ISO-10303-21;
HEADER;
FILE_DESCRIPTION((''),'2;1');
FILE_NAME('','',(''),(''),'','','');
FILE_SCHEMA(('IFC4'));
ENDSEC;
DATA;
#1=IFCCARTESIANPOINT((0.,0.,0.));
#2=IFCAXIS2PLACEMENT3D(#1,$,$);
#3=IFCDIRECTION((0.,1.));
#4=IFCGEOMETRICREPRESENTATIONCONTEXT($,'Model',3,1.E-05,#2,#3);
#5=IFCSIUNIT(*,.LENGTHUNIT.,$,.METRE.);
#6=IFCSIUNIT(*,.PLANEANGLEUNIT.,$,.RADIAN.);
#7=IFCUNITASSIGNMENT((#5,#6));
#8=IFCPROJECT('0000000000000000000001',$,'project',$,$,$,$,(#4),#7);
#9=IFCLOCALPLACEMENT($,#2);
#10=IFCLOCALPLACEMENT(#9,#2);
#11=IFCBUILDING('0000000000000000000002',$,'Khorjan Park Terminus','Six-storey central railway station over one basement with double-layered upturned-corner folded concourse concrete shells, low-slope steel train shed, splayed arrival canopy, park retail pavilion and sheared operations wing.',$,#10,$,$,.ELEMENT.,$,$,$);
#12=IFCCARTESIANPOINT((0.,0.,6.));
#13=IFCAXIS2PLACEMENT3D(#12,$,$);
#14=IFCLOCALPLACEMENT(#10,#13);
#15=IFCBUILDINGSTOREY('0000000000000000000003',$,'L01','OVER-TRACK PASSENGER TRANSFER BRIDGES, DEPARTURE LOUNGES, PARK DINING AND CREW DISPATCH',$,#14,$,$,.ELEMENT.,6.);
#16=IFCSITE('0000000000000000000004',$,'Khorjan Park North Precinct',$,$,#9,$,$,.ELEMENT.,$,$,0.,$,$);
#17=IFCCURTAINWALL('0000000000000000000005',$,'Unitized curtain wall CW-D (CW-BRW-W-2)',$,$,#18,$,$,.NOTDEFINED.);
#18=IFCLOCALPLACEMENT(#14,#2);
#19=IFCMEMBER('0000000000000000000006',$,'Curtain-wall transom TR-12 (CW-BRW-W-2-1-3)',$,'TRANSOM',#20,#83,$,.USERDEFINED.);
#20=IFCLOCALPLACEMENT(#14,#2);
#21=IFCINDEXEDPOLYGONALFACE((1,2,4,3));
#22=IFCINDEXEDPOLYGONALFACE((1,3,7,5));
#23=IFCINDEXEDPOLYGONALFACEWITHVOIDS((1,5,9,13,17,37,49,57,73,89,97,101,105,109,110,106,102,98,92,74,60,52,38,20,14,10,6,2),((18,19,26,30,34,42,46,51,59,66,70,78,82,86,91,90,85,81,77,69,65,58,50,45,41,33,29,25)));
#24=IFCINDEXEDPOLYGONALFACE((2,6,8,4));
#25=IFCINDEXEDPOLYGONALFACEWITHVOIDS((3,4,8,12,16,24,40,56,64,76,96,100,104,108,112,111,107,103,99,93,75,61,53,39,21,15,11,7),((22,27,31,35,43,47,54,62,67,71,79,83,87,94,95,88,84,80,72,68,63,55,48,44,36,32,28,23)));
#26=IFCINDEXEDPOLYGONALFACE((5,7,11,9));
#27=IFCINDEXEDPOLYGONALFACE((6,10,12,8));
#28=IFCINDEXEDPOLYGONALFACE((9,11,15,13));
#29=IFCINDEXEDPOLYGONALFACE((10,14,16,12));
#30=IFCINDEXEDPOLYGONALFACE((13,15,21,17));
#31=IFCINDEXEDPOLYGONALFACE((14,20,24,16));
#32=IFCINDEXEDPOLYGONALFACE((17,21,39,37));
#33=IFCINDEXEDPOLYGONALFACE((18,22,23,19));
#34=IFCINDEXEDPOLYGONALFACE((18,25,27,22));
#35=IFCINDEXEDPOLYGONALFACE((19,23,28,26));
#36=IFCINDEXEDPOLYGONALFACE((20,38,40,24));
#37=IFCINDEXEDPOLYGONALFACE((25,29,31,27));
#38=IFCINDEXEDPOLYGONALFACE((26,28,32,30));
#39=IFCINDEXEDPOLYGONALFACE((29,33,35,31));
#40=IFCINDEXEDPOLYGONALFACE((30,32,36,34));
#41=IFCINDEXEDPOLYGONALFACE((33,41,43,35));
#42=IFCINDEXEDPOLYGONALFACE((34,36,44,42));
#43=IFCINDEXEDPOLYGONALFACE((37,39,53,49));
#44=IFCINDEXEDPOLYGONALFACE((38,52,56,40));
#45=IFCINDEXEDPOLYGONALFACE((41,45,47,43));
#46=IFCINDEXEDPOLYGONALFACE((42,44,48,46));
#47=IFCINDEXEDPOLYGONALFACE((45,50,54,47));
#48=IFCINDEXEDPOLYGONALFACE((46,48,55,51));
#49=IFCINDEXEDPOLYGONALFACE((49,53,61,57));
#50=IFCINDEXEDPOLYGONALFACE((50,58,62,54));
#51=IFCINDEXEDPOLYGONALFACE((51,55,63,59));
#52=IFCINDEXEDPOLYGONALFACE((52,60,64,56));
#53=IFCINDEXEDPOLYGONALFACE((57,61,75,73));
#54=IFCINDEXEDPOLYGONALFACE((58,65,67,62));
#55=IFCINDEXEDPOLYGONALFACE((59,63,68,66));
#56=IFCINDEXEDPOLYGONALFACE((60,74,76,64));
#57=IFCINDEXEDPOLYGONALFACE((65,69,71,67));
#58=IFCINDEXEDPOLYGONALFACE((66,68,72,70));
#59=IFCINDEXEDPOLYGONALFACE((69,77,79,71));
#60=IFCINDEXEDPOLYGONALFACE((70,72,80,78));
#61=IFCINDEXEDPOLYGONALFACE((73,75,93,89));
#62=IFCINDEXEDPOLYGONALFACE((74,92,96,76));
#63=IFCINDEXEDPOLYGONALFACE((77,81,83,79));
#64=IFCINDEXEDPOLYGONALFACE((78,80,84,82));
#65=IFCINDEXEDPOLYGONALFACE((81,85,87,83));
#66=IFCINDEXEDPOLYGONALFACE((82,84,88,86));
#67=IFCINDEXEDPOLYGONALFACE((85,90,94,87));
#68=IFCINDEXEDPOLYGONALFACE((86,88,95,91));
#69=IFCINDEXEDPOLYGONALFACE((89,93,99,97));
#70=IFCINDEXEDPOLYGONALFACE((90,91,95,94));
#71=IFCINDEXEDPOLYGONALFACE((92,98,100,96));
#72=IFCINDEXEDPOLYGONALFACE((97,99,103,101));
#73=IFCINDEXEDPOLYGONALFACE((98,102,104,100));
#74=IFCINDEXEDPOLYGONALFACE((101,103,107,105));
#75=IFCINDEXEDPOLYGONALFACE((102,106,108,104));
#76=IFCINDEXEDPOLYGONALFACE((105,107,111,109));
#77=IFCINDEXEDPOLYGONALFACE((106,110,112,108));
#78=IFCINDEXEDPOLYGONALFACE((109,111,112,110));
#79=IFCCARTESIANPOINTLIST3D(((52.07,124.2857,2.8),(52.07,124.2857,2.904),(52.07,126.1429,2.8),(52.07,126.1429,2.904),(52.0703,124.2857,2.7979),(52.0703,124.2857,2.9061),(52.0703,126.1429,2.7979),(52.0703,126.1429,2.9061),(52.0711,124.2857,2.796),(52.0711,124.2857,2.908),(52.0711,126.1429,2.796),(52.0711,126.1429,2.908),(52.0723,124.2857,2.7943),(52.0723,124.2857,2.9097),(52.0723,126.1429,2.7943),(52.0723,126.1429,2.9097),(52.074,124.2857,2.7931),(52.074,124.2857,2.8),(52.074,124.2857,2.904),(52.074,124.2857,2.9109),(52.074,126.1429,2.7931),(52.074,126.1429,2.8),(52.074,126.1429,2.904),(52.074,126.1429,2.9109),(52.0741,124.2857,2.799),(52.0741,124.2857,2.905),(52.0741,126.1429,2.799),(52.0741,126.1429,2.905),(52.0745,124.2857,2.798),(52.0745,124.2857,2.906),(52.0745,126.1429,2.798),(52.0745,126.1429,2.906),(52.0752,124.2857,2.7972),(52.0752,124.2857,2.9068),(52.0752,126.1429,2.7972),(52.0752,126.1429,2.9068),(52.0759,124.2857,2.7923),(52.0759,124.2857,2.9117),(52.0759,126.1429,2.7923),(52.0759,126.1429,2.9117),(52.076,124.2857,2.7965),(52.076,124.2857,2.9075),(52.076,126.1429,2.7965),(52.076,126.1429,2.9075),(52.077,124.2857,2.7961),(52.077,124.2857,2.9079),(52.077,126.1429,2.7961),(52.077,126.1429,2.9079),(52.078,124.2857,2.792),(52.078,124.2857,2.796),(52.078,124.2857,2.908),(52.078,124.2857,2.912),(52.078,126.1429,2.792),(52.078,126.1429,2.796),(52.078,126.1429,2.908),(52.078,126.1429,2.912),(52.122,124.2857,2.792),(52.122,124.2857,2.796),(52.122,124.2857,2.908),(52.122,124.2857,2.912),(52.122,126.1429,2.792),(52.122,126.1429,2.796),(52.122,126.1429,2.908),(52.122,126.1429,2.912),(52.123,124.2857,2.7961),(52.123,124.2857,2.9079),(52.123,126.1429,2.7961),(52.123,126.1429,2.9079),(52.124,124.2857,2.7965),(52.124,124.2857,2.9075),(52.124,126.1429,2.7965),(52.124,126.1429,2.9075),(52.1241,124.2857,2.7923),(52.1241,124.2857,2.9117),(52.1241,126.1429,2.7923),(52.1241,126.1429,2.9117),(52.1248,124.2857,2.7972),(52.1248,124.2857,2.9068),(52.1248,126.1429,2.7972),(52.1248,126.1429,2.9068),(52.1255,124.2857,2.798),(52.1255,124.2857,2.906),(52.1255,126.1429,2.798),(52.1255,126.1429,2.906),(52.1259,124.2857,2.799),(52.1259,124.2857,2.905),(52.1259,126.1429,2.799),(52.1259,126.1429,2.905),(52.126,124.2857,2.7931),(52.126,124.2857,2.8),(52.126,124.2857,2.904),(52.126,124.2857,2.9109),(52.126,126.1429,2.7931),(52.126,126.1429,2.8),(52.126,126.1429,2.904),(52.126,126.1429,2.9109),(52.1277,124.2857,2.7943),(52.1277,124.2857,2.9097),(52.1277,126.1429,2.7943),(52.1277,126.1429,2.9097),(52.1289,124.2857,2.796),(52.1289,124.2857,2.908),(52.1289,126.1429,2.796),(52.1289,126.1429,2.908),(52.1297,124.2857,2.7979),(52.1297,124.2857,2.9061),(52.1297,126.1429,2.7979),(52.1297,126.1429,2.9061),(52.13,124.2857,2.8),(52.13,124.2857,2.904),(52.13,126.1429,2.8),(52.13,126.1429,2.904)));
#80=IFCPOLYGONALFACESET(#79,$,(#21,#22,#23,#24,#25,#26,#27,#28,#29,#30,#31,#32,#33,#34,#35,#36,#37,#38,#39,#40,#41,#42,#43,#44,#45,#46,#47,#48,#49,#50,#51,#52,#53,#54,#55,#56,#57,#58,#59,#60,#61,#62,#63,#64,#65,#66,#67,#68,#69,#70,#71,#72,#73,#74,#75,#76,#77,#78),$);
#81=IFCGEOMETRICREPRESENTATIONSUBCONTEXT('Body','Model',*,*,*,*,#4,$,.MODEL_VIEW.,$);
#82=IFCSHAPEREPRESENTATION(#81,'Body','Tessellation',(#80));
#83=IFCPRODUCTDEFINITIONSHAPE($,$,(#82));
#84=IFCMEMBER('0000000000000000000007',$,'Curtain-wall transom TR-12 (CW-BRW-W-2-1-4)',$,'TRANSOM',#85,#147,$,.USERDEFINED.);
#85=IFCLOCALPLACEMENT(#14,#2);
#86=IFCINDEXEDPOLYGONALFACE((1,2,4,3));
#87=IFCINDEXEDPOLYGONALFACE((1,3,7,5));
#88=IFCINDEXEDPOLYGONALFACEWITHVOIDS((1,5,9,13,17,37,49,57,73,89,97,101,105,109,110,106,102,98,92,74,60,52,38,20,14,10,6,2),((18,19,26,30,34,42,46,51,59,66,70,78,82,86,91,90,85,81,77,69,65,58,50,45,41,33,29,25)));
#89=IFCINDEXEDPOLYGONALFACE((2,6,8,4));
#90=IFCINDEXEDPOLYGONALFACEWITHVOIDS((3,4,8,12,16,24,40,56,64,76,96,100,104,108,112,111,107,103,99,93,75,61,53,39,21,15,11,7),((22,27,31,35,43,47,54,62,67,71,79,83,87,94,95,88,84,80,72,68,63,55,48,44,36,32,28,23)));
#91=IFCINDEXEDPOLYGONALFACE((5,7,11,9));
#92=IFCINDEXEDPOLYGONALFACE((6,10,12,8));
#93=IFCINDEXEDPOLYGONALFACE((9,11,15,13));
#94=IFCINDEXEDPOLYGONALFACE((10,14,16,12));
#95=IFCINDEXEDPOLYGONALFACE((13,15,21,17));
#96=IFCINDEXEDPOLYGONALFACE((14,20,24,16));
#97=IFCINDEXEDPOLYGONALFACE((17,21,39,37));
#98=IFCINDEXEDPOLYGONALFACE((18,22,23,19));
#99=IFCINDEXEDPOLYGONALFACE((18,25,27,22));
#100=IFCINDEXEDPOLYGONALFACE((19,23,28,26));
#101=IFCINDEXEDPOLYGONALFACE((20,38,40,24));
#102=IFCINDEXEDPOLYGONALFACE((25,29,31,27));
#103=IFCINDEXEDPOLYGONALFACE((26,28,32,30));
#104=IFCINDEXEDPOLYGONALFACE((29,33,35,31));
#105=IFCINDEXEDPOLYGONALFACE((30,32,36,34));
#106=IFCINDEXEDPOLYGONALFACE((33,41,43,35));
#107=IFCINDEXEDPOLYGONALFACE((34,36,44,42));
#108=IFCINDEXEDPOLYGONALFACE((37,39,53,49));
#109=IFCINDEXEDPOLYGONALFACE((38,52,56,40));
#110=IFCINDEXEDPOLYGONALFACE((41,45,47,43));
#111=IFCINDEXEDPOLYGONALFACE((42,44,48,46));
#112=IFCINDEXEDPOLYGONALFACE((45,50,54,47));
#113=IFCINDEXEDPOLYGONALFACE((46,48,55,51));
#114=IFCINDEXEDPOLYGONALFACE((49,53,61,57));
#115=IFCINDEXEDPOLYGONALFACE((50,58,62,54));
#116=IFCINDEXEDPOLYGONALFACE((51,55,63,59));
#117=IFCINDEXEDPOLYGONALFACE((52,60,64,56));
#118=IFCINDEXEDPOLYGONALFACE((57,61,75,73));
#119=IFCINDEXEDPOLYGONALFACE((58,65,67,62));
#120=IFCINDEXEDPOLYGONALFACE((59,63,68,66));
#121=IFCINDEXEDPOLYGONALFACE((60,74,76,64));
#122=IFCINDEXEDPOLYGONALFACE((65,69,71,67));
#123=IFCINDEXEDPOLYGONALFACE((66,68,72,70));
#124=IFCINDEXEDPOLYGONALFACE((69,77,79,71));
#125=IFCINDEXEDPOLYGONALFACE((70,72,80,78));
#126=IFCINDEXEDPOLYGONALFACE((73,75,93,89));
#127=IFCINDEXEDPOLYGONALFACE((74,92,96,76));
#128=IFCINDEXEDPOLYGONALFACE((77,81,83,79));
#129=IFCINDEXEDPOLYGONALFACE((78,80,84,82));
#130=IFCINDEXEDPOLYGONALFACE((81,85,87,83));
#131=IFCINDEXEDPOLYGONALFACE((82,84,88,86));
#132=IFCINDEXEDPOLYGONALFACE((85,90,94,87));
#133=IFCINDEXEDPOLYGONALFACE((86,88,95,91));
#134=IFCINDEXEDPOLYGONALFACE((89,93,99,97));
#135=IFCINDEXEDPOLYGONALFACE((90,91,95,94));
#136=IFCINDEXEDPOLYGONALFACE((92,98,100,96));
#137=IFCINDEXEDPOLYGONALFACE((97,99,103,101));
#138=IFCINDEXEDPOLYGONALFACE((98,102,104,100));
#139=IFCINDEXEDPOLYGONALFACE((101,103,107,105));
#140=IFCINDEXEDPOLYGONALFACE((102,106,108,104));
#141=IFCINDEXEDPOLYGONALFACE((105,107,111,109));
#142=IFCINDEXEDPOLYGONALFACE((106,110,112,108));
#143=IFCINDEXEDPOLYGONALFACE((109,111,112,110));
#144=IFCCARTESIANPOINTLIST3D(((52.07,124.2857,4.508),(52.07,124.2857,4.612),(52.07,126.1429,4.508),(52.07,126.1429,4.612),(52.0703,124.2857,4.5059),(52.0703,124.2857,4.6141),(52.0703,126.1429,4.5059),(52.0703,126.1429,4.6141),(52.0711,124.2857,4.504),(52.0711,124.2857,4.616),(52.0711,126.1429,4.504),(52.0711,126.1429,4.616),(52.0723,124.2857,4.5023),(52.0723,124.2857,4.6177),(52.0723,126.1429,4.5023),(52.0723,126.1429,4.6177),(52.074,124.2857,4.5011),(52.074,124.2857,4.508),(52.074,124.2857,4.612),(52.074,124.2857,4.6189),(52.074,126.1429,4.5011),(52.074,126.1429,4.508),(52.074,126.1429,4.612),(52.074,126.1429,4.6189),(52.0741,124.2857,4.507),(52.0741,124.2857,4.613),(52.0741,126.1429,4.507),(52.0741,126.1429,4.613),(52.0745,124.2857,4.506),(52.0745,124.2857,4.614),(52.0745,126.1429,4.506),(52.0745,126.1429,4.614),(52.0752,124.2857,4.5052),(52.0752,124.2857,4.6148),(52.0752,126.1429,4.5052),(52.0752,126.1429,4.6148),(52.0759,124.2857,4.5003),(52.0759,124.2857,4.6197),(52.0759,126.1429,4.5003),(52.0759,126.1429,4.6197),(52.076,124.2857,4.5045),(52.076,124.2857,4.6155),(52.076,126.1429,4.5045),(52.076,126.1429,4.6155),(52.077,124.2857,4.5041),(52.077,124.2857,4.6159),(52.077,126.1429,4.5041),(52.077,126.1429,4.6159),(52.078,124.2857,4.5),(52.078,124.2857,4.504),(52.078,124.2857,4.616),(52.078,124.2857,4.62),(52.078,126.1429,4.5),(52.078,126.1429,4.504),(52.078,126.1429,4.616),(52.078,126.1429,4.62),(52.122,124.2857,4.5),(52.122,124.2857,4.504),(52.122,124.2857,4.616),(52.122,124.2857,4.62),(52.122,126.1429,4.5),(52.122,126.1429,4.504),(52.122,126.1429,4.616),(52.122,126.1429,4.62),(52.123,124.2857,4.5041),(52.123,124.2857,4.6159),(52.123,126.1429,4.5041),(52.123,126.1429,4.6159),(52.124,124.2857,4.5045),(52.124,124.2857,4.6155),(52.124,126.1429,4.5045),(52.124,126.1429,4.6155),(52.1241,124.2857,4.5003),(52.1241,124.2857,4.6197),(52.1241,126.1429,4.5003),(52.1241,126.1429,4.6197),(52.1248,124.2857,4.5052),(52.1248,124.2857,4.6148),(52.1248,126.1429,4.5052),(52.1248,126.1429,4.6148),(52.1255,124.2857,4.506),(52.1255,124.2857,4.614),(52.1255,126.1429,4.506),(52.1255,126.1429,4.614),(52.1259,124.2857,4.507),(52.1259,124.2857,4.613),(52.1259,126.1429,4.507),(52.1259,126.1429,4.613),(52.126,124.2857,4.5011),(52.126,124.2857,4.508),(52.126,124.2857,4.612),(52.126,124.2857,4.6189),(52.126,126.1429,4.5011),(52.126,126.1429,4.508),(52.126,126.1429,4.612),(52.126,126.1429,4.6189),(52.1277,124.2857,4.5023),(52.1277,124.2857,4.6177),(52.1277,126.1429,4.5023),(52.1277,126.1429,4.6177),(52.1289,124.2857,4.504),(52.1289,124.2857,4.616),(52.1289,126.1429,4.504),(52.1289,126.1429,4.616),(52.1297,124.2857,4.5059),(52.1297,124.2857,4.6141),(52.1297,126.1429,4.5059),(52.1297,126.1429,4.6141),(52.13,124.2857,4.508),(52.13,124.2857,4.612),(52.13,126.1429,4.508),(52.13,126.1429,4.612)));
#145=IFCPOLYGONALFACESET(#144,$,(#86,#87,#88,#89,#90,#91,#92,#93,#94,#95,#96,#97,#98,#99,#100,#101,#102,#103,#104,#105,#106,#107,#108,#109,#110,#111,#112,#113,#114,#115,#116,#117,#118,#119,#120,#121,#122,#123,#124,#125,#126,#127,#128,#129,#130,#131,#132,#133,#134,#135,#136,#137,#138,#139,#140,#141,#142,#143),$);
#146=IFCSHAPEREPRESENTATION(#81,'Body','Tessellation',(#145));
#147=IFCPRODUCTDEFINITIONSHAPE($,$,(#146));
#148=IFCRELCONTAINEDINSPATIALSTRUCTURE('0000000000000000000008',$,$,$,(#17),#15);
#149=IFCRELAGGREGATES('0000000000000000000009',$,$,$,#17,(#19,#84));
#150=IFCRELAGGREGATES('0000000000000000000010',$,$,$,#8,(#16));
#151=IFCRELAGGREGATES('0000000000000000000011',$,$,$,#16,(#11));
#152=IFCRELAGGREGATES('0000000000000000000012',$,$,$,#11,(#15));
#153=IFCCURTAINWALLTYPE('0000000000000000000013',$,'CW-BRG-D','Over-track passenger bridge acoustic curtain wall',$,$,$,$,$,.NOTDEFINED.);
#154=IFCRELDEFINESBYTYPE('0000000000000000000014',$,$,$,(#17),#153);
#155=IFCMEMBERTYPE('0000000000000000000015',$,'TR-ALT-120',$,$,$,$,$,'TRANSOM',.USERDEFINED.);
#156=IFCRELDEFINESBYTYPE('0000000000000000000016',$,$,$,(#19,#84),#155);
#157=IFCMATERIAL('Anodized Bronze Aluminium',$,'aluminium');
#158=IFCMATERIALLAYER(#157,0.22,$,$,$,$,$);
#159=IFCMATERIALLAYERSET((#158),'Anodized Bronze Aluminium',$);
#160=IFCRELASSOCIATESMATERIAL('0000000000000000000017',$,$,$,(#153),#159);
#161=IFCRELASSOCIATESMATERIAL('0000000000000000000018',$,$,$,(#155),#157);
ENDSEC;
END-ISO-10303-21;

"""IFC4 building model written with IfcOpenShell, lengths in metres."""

from ifc_helpers import new_model, si_unit, direction, frame, origin, origin_2d, place, context, subcontext, project, spatial, hollow_rectangle, extrude, material, layer, layer_set, material_profile, profile_set, type_object, element, aggregate, save


model = new_model("IFC4")

# Units and contexts
model_context = context("Model", 3, precision=1e-05, world=origin(), true_north=direction((0.0, 1.0)))
body_context = subcontext(model_context, "Body", "Model", "MODEL_VIEW")
ifc_project = project(units=[si_unit("LENGTHUNIT", "METRE"), si_unit("PLANEANGLEUNIT", "RADIAN")], contexts=[model_context])

# Site, building, storey
site_placement = place(None, origin())
site = spatial("IfcSite", under=ifc_project, at=site_placement, Name="Khorjan Park North Precinct", CompositionType="ELEMENT", RefElevation=0.0)
building_placement = place(site_placement, origin())
building = spatial("IfcBuilding", under=site, at=building_placement, Name="Khorjan Park Terminus", Description="Six-storey central railway station over one basement with double-layered upturned-corner folded concourse concrete shells, low-slope steel train shed, splayed arrival canopy, park retail pavilion and sheared operations wing.", CompositionType="ELEMENT")
storey_placement = place(building_placement, frame((0.0, 0.0, 6.0)))
storey = spatial("IfcBuildingStorey", under=building, at=storey_placement, Name="L01", Description="OVER-TRACK PASSENGER TRANSFER BRIDGES, DEPARTURE LOUNGES, PARK DINING AND CREW DISPATCH", CompositionType="ELEMENT", Elevation=6.0)

# Curtain wall
ifc_material_1 = material(Name="Anodized Bronze Aluminium", Category="aluminium")
ifc_layer_1 = layer(ifc_material_1, 0.22)
ifc_layer_set_1 = layer_set([ifc_layer_1], Name="Anodized Bronze Aluminium")
curtain_wall_type = type_object("IfcCurtainWallType", Name="CW-BRG-D", Description="Over-track passenger bridge acoustic curtain wall", PredefinedType="NOTDEFINED", material=ifc_layer_set_1)
curtain_wall_1_placement = place(storey_placement, origin())
curtain_wall_1 = element("IfcCurtainWall", 1, at=curtain_wall_1_placement, inside=storey, type_object=curtain_wall_type, Name="Unitized curtain wall CW-D (CW-BRW-W-2)", PredefinedType="NOTDEFINED")

# Members
ifc_material_profile_1 = material_profile(ifc_material_1, hollow_rectangle(XDim=0.06, YDim=0.12, WallThickness=0.004, InnerFilletRadius=0.004, OuterFilletRadius=0.008, at=origin_2d()), Name="ALT 60x120x4")
ifc_profile_set_1 = profile_set([ifc_material_profile_1], Name="Anodized Bronze Aluminium")
member_type_1 = type_object("IfcMemberType", Name="TR-ALT-120", ElementType="TRANSOM", PredefinedType="USERDEFINED", material=ifc_profile_set_1)
member_1_placement = place(storey_placement, frame((52.1, 126.1429, 2.852), z_axis=(0.0, -1.0, 0.0), x_axis=(1.0, 0.0, 0.0)))
member_1 = element("IfcMember", 2, at=member_1_placement, type_object=member_type_1, Name="Curtain-wall transom TR-12 (CW-BRW-W-2-1-3)", ObjectType="TRANSOM", PredefinedType="USERDEFINED", context=body_context, shape_type="SweptSolid", body=[
    extrude(hollow_rectangle(XDim=0.06, YDim=0.12, WallThickness=0.004, InnerFilletRadius=0.004, OuterFilletRadius=0.008, at=origin_2d()), origin(), (0.0, 0.0, 1.0), 1.8572),
])
member_2_placement = place(storey_placement, frame((52.1, 126.1429, 4.56), z_axis=(0.0, -1.0, 0.0), x_axis=(1.0, 0.0, 0.0)))
member_2 = element("IfcMember", 3, at=member_2_placement, type_object=member_type_1, Name="Curtain-wall transom TR-12 (CW-BRW-W-2-1-4)", ObjectType="TRANSOM", PredefinedType="USERDEFINED", context=body_context, shape_type="SweptSolid", body=[
    extrude(hollow_rectangle(XDim=0.06, YDim=0.12, WallThickness=0.004, InnerFilletRadius=0.004, OuterFilletRadius=0.008, at=origin_2d()), origin(), (0.0, 0.0, 1.0), 1.8572),
])

aggregate(curtain_wall_1, [member_1, member_2])

save(model, "model.ifc")
